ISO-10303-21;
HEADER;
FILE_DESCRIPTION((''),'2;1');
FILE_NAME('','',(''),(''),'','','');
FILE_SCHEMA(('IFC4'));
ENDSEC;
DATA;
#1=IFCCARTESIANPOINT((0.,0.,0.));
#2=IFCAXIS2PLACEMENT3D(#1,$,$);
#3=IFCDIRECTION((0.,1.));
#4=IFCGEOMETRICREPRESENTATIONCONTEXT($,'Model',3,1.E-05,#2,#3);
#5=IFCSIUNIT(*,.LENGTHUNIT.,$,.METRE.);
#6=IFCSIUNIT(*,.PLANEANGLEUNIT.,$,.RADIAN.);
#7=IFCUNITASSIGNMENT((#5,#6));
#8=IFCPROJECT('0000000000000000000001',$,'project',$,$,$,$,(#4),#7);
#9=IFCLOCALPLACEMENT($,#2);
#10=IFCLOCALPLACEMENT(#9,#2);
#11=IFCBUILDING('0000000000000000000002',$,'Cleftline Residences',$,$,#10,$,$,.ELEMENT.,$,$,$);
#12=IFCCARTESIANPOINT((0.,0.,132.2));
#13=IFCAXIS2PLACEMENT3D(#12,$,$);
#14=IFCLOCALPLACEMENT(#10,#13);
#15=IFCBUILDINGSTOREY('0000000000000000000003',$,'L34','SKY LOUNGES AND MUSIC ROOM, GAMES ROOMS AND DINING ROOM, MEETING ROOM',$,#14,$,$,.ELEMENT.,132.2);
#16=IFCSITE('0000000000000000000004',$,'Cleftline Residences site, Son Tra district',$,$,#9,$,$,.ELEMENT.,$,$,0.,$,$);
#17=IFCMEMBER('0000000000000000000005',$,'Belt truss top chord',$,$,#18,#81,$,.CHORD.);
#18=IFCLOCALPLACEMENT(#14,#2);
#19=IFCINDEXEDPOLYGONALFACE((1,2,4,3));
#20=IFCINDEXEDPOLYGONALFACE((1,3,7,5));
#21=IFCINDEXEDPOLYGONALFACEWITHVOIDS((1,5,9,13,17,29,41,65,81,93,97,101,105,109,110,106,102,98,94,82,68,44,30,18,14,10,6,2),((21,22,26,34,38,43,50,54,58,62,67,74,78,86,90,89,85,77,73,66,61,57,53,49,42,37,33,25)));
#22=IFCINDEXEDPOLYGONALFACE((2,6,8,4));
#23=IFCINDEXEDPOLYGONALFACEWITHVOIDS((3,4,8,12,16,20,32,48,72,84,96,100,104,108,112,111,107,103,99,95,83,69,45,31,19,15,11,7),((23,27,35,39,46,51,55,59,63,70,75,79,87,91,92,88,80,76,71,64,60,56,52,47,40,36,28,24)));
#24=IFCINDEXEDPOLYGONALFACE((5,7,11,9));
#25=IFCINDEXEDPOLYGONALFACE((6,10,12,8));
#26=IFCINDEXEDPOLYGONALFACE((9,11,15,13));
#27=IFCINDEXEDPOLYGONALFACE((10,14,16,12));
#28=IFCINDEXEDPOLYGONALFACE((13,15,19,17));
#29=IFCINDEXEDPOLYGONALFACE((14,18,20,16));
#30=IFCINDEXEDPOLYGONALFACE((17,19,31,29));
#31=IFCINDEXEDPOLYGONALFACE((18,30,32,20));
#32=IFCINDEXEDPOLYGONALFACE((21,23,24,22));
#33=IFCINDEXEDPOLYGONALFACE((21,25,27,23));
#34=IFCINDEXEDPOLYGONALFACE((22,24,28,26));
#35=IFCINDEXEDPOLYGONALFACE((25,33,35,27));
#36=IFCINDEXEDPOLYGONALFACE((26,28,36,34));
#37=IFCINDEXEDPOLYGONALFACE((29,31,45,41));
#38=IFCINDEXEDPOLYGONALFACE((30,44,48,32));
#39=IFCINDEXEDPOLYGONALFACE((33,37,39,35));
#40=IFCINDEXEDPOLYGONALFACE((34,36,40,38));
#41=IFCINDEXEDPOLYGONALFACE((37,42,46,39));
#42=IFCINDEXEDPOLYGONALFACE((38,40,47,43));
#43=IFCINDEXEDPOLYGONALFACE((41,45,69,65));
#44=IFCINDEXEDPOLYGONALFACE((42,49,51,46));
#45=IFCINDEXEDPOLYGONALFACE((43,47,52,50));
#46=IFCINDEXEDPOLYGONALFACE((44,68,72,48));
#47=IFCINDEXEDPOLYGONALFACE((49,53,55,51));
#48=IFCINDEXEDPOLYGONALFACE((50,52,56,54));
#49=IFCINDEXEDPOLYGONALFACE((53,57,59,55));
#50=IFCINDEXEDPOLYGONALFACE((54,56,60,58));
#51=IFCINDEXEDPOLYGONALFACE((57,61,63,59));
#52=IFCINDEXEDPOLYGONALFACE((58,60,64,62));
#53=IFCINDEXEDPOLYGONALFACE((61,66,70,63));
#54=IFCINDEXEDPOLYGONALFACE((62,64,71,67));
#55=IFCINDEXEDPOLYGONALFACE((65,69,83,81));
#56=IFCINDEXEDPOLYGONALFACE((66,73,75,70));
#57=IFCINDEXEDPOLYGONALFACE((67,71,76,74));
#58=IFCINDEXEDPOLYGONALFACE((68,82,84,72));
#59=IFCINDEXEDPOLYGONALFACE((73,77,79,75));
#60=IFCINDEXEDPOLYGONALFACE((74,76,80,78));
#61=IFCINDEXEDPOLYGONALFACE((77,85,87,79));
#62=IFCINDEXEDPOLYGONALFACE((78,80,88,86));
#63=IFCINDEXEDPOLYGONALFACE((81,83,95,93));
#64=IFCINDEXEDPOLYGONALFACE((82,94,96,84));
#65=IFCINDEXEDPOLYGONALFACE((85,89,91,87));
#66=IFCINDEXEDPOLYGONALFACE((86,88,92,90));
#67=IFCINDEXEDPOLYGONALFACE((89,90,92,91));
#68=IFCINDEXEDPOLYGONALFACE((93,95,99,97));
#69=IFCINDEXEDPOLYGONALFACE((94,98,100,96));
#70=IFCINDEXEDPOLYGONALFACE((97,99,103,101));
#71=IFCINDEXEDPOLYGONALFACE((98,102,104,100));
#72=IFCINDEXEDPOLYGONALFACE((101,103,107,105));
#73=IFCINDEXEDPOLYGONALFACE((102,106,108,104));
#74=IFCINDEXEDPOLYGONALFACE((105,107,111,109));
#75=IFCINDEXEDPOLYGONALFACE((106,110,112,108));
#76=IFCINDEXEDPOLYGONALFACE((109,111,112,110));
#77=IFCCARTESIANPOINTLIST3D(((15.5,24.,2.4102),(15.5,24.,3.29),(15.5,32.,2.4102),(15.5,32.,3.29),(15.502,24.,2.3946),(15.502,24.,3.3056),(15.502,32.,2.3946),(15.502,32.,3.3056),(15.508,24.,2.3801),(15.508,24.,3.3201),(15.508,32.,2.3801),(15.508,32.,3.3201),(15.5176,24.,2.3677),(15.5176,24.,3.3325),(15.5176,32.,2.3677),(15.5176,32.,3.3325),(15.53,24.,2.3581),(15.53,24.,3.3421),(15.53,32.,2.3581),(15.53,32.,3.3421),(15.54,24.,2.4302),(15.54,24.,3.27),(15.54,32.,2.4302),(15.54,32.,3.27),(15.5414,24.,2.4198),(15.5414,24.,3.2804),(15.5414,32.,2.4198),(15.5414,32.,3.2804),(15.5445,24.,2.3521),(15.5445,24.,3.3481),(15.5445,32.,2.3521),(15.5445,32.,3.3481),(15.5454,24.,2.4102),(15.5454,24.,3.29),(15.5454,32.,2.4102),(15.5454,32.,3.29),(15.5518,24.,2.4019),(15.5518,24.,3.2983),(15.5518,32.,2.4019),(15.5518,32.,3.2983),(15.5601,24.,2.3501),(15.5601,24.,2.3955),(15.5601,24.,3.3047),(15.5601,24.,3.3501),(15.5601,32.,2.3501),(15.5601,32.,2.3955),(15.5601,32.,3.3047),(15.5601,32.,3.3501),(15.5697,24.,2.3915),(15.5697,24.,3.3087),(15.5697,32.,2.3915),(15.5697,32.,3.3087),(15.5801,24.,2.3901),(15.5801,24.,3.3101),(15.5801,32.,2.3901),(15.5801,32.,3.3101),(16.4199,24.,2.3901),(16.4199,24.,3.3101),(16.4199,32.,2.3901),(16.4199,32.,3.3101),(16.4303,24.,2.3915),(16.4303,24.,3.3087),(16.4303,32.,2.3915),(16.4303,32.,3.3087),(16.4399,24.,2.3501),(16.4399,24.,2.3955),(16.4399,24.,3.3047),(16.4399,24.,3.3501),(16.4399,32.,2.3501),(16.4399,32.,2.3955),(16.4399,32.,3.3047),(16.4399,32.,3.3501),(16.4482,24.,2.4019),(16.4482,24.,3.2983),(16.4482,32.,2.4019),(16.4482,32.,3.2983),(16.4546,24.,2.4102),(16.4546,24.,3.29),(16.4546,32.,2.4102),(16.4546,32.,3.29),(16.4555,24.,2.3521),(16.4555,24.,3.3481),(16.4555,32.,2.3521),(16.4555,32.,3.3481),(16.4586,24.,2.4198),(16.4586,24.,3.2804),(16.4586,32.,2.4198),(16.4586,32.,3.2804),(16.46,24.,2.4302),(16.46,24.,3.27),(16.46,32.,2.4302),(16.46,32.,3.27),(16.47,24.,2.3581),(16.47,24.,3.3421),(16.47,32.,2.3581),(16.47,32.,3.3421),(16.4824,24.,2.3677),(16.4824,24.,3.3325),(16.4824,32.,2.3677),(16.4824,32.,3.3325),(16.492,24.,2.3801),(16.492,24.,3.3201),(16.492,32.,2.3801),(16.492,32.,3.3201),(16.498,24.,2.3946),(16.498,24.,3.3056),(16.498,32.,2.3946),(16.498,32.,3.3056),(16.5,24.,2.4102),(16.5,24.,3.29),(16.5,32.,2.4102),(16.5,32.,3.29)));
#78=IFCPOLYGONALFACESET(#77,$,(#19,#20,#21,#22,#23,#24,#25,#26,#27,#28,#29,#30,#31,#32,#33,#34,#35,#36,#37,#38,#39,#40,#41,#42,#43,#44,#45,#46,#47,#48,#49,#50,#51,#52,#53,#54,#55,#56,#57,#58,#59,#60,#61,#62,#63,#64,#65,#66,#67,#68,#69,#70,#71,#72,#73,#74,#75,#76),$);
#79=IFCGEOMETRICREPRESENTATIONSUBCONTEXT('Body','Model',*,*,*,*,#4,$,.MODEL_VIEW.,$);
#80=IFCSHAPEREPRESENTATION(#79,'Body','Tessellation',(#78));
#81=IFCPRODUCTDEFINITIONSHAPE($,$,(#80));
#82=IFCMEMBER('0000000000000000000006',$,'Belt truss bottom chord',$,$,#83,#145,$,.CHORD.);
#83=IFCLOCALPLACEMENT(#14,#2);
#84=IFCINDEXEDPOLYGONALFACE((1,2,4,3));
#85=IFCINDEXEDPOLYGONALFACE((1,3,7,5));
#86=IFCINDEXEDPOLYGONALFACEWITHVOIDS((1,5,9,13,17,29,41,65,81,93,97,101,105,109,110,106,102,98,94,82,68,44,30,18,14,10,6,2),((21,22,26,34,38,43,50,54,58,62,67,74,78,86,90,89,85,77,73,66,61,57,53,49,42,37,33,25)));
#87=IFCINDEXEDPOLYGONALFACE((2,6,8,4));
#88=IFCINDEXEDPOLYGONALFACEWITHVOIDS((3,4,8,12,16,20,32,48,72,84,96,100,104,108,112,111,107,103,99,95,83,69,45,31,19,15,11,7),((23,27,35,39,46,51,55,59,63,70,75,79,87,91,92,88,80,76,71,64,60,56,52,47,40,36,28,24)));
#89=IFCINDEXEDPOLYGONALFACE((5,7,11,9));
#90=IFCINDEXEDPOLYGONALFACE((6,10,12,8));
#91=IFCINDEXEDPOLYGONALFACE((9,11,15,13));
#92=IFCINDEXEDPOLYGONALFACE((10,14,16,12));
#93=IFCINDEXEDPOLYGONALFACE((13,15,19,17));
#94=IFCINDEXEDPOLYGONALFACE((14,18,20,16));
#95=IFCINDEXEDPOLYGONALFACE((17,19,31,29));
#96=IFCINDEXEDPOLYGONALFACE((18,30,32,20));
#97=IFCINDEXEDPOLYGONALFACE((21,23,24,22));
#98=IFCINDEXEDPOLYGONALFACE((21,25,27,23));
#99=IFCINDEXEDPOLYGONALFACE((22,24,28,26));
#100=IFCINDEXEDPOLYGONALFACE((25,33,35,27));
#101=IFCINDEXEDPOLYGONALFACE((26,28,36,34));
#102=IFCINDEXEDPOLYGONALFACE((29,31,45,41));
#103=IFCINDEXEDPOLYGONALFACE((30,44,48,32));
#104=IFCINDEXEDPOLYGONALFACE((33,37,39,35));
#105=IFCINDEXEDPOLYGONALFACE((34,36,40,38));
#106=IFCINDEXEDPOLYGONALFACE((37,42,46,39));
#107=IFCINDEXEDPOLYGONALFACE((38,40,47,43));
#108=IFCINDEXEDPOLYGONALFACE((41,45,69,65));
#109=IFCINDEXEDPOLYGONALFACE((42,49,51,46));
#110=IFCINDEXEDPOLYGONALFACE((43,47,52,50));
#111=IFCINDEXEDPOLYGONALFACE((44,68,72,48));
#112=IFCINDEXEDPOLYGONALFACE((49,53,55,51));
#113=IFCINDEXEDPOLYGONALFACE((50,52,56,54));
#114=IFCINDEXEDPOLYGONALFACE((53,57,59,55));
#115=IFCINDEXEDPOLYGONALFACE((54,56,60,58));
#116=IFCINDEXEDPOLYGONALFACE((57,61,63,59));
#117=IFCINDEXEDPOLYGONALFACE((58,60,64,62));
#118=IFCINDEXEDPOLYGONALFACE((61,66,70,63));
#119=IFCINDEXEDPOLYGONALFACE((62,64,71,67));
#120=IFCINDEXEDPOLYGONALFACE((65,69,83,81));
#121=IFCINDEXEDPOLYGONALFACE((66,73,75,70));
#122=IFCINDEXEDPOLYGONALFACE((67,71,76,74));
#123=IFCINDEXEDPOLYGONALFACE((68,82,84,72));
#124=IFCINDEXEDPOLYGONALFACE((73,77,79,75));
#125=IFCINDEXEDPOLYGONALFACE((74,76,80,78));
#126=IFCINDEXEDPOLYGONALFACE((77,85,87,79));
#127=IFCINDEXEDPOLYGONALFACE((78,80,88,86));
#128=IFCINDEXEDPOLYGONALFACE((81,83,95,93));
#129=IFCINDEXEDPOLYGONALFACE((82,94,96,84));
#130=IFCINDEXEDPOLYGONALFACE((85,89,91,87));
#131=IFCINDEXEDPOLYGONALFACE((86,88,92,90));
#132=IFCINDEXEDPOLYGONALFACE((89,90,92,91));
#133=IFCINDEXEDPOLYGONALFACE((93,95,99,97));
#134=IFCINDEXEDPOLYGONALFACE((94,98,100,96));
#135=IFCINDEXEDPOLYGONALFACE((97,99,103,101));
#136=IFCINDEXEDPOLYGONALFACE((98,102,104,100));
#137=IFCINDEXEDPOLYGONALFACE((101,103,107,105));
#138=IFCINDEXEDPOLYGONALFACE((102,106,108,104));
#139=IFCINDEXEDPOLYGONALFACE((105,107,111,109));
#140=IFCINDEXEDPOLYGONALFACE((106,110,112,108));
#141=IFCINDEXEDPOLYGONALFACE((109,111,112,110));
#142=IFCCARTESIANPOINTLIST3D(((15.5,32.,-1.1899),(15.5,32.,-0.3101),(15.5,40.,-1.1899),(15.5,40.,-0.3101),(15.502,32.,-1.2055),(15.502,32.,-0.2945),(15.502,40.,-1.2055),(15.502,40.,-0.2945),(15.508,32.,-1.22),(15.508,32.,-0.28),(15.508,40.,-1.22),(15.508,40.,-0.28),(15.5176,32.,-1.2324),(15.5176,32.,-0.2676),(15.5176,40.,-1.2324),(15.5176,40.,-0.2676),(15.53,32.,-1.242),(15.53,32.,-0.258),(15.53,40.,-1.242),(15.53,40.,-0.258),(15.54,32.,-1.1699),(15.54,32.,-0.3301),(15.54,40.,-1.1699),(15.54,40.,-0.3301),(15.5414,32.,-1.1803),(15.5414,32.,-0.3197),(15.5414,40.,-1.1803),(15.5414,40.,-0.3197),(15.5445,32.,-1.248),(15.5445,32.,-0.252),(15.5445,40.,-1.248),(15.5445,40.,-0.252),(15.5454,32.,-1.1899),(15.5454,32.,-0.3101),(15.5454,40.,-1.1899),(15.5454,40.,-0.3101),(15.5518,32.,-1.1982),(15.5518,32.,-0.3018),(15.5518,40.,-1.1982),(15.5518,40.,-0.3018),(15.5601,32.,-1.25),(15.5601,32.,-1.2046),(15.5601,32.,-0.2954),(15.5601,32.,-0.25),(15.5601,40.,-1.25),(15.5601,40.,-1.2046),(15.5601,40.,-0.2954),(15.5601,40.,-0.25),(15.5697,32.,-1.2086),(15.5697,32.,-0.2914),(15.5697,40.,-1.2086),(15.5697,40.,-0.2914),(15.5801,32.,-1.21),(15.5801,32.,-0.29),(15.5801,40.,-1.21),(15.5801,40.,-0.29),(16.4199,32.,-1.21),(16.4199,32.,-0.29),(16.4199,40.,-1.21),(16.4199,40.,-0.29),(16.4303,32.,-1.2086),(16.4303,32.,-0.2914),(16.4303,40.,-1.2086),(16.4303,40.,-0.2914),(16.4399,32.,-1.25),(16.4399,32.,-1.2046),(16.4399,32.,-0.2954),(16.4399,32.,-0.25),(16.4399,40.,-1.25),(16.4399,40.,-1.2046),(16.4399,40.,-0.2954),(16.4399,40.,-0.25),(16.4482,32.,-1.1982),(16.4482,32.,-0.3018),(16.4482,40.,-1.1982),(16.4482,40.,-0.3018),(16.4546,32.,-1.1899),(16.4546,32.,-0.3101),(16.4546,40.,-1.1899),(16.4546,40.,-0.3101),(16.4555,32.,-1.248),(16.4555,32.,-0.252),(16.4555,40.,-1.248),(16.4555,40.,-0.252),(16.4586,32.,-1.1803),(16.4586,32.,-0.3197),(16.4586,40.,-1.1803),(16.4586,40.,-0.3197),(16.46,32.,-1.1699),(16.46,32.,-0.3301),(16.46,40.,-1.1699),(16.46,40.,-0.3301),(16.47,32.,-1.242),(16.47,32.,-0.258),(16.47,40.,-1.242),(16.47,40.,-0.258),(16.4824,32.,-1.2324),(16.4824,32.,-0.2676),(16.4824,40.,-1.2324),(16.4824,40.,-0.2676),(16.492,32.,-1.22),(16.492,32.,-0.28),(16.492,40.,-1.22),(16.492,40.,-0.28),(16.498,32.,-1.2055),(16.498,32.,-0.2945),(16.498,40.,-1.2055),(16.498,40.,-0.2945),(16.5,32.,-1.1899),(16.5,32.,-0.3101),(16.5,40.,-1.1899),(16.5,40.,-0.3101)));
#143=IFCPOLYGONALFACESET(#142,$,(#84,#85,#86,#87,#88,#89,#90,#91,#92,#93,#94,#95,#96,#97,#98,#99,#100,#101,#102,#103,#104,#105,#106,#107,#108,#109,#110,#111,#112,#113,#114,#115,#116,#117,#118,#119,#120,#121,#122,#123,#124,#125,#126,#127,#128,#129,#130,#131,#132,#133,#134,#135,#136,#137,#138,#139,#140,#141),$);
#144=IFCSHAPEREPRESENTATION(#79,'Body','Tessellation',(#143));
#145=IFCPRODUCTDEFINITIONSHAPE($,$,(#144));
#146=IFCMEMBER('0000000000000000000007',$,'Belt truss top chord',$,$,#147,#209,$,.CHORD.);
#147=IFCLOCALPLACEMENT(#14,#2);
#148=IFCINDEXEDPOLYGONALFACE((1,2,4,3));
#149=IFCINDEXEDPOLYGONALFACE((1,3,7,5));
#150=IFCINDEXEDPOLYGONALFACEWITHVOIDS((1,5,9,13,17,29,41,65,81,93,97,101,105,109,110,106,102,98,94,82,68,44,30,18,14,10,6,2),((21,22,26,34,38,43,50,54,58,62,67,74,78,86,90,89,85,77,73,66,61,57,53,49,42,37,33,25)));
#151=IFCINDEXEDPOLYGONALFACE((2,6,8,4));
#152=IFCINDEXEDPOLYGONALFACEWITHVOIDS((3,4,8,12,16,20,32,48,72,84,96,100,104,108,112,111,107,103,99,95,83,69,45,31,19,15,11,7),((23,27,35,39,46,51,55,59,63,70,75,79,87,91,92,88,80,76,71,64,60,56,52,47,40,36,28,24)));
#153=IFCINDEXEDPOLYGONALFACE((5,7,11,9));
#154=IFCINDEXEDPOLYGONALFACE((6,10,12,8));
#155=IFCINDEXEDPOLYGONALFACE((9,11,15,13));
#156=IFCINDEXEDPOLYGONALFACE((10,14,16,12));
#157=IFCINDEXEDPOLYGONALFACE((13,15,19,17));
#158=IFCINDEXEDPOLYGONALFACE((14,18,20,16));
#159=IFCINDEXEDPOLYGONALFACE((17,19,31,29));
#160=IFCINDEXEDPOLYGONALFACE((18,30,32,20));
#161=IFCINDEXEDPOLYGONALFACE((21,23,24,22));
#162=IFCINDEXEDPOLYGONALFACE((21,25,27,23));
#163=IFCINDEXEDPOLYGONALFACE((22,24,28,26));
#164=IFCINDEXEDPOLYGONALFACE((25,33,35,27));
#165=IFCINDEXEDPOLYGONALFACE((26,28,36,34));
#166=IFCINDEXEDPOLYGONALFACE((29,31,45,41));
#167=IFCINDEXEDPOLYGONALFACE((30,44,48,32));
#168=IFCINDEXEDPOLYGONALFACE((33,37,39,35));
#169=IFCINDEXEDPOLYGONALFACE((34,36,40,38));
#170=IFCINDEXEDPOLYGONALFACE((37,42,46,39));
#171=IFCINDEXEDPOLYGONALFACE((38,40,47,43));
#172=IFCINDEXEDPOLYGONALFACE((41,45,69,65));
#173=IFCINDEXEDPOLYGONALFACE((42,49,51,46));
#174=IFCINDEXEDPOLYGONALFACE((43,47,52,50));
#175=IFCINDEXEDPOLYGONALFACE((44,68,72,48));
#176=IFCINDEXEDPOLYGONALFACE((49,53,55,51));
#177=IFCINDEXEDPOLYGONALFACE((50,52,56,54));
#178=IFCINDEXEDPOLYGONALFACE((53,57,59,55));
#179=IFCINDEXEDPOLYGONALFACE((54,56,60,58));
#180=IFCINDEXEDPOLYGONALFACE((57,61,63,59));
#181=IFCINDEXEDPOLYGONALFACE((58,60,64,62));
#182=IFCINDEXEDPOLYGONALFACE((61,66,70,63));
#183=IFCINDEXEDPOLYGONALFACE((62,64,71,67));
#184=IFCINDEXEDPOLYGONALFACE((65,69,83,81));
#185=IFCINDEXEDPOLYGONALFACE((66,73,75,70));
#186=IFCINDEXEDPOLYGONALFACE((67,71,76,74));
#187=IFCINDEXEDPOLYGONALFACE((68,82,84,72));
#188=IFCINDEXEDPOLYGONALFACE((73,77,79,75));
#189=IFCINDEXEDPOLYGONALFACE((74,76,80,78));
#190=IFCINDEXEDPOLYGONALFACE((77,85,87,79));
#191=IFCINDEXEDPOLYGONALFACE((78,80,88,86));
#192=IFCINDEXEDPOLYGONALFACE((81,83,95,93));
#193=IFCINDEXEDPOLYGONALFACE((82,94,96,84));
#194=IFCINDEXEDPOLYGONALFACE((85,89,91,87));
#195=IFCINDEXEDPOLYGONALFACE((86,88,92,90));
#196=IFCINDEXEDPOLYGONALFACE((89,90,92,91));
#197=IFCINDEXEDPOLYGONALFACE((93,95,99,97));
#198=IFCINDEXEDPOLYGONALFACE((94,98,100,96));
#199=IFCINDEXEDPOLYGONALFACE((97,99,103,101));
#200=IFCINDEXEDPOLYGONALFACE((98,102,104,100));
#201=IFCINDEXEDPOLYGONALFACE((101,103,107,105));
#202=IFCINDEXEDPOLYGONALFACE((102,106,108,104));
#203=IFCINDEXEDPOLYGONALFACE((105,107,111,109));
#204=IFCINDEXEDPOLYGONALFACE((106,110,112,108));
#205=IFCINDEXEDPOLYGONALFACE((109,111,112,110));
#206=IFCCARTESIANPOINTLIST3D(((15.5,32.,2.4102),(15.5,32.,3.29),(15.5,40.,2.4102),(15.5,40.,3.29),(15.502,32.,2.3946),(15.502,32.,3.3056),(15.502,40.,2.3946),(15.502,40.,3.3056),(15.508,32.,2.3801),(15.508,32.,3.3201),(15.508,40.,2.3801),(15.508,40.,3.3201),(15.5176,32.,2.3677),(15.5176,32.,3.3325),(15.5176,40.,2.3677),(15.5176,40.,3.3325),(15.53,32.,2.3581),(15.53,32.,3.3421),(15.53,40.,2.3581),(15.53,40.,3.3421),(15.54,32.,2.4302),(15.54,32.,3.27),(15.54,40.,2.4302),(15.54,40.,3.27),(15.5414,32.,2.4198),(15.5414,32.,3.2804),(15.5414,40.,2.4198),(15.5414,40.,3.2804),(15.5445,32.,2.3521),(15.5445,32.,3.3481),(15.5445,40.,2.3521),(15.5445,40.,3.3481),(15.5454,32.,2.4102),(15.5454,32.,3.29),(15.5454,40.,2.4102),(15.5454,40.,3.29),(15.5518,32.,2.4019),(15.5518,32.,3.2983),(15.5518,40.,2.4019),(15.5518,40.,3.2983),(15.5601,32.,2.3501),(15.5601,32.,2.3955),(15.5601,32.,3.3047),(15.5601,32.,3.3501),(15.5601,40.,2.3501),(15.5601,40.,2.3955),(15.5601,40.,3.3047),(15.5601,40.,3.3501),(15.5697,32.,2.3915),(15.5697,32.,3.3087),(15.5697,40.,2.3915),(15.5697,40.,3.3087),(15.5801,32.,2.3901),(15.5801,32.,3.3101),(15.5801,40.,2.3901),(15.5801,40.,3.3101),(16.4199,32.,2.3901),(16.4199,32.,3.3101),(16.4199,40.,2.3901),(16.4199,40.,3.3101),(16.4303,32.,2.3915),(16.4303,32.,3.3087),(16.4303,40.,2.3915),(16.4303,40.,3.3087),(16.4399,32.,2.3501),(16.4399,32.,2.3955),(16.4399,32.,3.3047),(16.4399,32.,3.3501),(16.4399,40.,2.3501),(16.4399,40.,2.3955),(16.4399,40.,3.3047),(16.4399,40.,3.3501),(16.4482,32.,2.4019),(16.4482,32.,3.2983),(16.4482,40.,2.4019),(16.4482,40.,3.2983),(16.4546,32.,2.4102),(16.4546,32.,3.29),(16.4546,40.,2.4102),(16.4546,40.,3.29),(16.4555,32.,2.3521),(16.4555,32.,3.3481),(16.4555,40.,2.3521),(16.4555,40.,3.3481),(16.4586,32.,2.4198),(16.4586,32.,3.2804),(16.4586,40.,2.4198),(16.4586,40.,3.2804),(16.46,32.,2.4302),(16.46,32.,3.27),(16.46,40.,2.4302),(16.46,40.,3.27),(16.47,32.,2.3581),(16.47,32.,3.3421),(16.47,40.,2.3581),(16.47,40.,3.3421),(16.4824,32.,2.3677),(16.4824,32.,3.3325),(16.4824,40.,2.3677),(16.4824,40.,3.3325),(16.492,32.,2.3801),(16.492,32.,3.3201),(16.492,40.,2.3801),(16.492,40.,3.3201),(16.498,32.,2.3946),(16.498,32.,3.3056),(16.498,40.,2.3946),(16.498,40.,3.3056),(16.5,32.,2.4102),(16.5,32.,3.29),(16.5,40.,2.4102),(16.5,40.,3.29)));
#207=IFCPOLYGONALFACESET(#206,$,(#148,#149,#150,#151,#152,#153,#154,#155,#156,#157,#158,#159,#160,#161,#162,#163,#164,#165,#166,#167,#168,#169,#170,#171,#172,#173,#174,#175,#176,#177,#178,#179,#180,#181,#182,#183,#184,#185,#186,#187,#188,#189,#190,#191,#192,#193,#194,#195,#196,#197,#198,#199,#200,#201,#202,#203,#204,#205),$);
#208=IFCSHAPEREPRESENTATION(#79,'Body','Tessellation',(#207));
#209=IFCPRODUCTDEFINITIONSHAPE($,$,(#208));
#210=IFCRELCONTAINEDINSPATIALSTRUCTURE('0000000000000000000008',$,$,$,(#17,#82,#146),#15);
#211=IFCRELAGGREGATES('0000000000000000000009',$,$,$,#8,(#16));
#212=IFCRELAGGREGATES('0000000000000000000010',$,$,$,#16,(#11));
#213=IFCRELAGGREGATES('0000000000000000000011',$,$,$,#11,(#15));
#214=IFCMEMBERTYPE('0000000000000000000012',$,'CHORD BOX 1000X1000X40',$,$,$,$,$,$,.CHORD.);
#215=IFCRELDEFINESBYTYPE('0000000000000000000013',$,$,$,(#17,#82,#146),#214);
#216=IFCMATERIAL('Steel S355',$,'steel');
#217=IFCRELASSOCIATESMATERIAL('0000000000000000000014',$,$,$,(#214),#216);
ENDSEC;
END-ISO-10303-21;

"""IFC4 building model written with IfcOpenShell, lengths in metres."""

from ifc_helpers import new_model, si_unit, direction, frame, origin, origin_2d, place, context, subcontext, project, spatial, hollow_rectangle, extrude, material, material_profile, profile_set, type_object, element, save


model = new_model("IFC4")

# Units and contexts
model_context = context("Model", 3, precision=1e-05, world=origin(), true_north=direction((0.0, 1.0)))
body_context = subcontext(model_context, "Body", "Model", "MODEL_VIEW")
ifc_project = project(units=[si_unit("LENGTHUNIT", "METRE"), si_unit("PLANEANGLEUNIT", "RADIAN")], contexts=[model_context])

# Site, building, storey
site_placement = place(None, origin())
site = spatial("IfcSite", under=ifc_project, at=site_placement, Name="Cleftline Residences site, Son Tra district", CompositionType="ELEMENT", RefElevation=0.0)
building_placement = place(site_placement, origin())
building = spatial("IfcBuilding", under=site, at=building_placement, Name="Cleftline Residences", CompositionType="ELEMENT")
storey_placement = place(building_placement, frame((0.0, 0.0, 132.2)))
storey = spatial("IfcBuildingStorey", under=building, at=storey_placement, Name="L34", Description="SKY LOUNGES AND MUSIC ROOM, GAMES ROOMS AND DINING ROOM, MEETING ROOM", CompositionType="ELEMENT", Elevation=132.2)

# Members
ifc_material_1 = material(Name="Steel S355", Category="steel")
ifc_material_profile_1 = material_profile(ifc_material_1, hollow_rectangle(XDim=1.0, YDim=1.0, WallThickness=0.04, InnerFilletRadius=0.04, OuterFilletRadius=0.0601, at=origin_2d()))
ifc_profile_set_1 = profile_set([ifc_material_profile_1], Name="Steel S355")
member_type_1 = type_object("IfcMemberType", Name="CHORD BOX 1000X1000X40", PredefinedType="CHORD", material=ifc_profile_set_1)
for number, where, z_axis, x_axis, name in (
    (1, (16.0, 24.0, 2.8501), (0.0, 1.0, 0.0), (-1.0, 0.0, 0.0), "Belt truss top chord"),
    (2, (16.0, 32.0, -0.75), (0.0, 1.0, 0.0), (-1.0, 0.0, 0.0), "Belt truss bottom chord"),
    (3, (16.0, 32.0, 2.8501), (0.0, 1.0, 0.0), (-1.0, 0.0, 0.0), "Belt truss top chord"),
):
    element("IfcMember", number, at=place(storey_placement, frame(where, z_axis=z_axis, x_axis=x_axis)), inside=storey, type_object=member_type_1, Name=name, PredefinedType="CHORD", context=body_context, shape_type="SweptSolid", body=[
        extrude(hollow_rectangle(XDim=1.0, YDim=1.0, WallThickness=0.04, InnerFilletRadius=0.04, OuterFilletRadius=0.0601, at=origin_2d()), origin(), (0.0, 0.0, 1.0), 8.0),
    ])

save(model, "model.ifc")
